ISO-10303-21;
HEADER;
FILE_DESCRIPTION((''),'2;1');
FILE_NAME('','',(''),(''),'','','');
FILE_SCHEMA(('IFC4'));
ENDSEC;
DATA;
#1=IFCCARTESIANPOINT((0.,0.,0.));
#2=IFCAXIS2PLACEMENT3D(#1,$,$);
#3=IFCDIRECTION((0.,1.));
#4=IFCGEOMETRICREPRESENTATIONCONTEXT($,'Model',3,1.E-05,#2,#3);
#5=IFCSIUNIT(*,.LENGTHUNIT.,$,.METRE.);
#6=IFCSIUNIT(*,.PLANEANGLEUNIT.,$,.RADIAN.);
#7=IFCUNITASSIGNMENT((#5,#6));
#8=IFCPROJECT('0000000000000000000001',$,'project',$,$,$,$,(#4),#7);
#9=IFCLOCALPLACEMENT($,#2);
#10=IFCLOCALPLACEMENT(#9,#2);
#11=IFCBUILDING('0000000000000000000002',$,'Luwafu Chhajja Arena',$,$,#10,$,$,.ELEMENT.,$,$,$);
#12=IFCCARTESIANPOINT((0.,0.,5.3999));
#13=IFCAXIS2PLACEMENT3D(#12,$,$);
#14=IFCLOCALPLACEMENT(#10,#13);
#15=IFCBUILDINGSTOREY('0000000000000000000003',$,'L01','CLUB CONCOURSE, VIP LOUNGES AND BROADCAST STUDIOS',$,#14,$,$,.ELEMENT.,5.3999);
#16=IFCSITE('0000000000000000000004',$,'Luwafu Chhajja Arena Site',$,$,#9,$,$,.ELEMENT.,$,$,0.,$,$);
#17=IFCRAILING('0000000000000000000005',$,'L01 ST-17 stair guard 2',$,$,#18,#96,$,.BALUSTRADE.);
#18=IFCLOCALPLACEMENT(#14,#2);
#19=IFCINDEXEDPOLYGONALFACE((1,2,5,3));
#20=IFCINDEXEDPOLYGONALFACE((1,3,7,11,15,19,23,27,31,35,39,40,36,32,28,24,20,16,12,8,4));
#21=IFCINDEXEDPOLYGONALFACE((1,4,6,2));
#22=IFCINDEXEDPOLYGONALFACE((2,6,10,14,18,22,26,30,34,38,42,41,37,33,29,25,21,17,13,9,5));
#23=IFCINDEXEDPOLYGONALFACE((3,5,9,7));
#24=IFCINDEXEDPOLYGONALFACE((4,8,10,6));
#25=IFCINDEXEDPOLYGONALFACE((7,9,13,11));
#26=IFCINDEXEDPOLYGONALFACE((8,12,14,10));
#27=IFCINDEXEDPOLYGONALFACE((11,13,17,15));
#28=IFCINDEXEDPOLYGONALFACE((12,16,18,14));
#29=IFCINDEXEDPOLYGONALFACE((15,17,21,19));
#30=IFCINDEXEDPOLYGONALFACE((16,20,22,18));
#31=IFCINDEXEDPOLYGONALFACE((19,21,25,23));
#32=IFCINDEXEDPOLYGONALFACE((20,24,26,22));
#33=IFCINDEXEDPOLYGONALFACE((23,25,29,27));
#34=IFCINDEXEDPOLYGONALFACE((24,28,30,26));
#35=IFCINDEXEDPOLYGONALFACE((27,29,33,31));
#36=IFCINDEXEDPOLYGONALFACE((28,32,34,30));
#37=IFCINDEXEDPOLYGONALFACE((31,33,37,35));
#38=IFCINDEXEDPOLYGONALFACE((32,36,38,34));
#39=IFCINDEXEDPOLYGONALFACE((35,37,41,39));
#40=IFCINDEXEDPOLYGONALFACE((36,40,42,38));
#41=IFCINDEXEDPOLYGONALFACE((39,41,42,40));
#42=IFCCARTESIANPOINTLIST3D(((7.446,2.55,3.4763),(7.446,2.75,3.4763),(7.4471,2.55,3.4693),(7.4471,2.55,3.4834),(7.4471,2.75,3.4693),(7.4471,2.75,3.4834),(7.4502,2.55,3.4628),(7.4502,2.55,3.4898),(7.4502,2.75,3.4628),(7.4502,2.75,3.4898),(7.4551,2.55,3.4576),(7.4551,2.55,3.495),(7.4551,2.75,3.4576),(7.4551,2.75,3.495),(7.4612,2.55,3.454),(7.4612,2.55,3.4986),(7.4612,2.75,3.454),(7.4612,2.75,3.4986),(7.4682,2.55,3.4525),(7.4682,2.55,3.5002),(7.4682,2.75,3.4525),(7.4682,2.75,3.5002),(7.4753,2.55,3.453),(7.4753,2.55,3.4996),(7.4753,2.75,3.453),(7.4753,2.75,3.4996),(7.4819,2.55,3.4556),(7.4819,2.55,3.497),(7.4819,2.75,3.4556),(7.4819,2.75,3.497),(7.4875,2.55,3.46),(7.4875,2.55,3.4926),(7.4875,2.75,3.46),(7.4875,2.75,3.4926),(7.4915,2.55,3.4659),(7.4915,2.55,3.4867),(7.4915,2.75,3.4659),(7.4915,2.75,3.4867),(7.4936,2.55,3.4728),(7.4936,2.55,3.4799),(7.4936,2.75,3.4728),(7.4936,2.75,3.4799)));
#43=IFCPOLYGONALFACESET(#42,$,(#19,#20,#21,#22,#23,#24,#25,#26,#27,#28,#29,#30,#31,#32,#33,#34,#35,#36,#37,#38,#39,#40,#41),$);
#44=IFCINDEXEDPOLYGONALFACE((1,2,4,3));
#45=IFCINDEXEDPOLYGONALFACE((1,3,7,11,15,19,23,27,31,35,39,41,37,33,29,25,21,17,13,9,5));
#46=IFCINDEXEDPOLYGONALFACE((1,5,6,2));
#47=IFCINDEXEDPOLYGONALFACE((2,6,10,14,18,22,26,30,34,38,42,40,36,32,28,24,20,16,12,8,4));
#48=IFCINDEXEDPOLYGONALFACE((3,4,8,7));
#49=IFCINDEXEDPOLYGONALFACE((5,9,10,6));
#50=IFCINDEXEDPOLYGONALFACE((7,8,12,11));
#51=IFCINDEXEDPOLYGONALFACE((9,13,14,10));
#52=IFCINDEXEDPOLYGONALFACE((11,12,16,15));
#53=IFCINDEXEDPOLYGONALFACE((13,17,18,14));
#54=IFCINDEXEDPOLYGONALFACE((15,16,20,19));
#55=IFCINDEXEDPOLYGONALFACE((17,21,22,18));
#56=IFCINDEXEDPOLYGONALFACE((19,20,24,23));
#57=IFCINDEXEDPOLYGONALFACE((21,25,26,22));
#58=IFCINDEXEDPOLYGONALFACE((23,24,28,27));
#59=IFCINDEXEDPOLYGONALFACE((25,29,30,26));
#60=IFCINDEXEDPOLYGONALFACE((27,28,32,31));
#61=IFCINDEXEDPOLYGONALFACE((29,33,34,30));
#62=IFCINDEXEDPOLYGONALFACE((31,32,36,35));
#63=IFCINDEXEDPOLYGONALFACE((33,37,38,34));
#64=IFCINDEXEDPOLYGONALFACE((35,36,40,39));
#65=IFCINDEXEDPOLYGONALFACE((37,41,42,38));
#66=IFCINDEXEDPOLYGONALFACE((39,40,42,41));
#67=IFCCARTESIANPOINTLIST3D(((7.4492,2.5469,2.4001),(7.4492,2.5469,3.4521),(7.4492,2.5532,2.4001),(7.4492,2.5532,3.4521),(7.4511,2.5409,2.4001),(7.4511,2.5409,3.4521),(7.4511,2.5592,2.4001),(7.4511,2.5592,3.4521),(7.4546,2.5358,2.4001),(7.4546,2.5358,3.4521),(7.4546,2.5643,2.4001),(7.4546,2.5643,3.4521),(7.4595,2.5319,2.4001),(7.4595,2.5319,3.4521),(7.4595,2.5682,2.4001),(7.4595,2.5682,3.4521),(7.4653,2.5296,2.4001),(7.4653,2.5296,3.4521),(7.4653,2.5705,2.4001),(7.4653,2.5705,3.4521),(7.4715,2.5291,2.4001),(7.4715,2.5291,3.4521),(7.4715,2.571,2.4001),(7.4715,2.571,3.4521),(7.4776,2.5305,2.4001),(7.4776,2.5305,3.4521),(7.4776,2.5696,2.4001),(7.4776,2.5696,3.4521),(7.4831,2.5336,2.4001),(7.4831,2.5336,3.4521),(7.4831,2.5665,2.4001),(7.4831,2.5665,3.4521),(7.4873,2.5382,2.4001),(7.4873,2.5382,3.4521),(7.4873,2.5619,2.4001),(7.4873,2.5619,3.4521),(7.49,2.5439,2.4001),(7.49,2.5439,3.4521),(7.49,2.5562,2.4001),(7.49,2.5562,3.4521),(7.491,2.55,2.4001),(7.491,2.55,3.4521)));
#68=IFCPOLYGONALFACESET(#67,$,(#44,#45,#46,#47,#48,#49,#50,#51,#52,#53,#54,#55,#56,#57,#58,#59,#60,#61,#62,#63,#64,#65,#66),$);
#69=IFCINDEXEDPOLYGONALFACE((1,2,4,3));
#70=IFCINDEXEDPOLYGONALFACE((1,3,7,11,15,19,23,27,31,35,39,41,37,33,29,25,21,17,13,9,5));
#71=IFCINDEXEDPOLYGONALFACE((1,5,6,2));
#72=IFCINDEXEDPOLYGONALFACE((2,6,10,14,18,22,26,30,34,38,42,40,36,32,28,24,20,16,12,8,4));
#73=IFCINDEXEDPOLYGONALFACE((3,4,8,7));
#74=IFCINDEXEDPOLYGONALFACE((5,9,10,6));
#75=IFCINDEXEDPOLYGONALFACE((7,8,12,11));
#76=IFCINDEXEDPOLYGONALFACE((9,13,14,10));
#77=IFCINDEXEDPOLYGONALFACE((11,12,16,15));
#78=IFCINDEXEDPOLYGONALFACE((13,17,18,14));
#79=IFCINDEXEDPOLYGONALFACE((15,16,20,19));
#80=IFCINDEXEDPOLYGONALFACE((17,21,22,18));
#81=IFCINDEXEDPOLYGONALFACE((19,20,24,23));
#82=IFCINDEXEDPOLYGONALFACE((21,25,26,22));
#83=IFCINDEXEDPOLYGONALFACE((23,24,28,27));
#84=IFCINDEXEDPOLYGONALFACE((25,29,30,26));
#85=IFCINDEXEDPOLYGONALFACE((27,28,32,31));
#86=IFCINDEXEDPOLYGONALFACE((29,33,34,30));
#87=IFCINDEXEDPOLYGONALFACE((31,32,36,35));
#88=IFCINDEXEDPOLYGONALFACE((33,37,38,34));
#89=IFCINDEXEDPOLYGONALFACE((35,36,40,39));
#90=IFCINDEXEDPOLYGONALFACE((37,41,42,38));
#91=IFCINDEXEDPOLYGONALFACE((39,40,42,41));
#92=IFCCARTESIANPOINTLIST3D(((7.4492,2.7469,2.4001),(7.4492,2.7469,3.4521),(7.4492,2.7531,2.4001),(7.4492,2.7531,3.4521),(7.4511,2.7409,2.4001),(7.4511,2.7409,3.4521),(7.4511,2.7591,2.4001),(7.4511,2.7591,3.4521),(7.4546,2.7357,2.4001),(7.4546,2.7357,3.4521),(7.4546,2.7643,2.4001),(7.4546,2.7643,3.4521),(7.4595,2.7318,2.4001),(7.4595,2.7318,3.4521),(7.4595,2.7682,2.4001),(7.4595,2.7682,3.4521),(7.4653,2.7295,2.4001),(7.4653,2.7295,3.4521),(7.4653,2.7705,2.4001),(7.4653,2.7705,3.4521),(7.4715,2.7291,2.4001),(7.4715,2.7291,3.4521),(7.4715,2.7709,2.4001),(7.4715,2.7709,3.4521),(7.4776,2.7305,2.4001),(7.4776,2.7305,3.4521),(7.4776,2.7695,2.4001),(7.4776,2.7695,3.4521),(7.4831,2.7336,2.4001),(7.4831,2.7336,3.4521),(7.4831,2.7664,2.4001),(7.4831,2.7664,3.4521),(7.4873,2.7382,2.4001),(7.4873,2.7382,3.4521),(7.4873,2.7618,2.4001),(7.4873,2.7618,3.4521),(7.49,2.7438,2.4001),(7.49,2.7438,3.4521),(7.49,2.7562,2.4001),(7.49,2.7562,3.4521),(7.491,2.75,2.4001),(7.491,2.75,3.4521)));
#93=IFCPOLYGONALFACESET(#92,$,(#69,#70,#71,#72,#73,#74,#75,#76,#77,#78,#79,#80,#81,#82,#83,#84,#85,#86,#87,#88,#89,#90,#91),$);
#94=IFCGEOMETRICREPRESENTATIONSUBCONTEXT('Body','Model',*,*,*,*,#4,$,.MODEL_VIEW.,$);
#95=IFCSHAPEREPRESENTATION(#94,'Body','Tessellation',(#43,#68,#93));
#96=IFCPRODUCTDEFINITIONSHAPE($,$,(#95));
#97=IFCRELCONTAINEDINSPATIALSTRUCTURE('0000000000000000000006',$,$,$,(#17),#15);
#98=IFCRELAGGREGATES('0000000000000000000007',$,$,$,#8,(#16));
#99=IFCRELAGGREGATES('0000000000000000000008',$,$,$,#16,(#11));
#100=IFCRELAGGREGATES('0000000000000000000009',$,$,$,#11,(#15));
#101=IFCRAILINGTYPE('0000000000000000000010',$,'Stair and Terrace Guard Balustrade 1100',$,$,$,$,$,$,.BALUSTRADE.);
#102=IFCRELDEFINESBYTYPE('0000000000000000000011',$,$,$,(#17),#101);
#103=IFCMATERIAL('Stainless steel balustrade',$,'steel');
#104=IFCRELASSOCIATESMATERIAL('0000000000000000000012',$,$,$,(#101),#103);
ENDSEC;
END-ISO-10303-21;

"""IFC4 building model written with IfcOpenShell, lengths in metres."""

from ifc_helpers import new_model, si_unit, direction, frame, origin, origin_2d, place, context, subcontext, project, spatial, circle, extrude, material, type_object, element, save


model = new_model("IFC4")

# Units and contexts
model_context = context("Model", 3, precision=1e-05, world=origin(), true_north=direction((0.0, 1.0)))
body_context = subcontext(model_context, "Body", "Model", "MODEL_VIEW")
ifc_project = project(units=[si_unit("LENGTHUNIT", "METRE"), si_unit("PLANEANGLEUNIT", "RADIAN")], contexts=[model_context])

# Site, building, storey
site_placement = place(None, origin())
site = spatial("IfcSite", under=ifc_project, at=site_placement, Name="Luwafu Chhajja Arena Site", CompositionType="ELEMENT", RefElevation=0.0)
building_placement = place(site_placement, origin())
building = spatial("IfcBuilding", under=site, at=building_placement, Name="Luwafu Chhajja Arena", CompositionType="ELEMENT")
storey_placement = place(building_placement, frame((0.0, 0.0, 5.3999)))
storey = spatial("IfcBuildingStorey", under=building, at=storey_placement, Name="L01", Description="CLUB CONCOURSE, VIP LOUNGES AND BROADCAST STUDIOS", CompositionType="ELEMENT", Elevation=5.3999)

# Railing
ifc_material_1 = material(Name="Stainless steel balustrade", Category="steel")
railing_type_1 = type_object("IfcRailingType", Name="Stair and Terrace Guard Balustrade 1100", PredefinedType="BALUSTRADE", material=ifc_material_1)
railing_1_placement = place(storey_placement, frame((7.47, 2.55, 2.4001)))
element("IfcRailing", 1, at=railing_1_placement, inside=storey, type_object=railing_type_1, Name="L01 ST-17 stair guard 2", PredefinedType="BALUSTRADE", context=body_context, shape_type="SweptSolid", body=[
    extrude(circle(Radius=0.0239, at=origin_2d()), frame((0.0, 0.0, 1.0762), z_axis=(0.0, 1.0, 0.0), x_axis=(-1.0, 0.0, 0.0)), (0.0, 0.0, 1.0), 0.2),
    extrude(circle(Radius=0.021, at=origin_2d()), origin(), (0.0, 0.0, 1.0), 1.052),
    extrude(circle(Radius=0.021, at=origin_2d()), frame((0.0, 0.2, 0.0)), (0.0, 0.0, 1.0), 1.052),
])

save(model, "model.ifc")
